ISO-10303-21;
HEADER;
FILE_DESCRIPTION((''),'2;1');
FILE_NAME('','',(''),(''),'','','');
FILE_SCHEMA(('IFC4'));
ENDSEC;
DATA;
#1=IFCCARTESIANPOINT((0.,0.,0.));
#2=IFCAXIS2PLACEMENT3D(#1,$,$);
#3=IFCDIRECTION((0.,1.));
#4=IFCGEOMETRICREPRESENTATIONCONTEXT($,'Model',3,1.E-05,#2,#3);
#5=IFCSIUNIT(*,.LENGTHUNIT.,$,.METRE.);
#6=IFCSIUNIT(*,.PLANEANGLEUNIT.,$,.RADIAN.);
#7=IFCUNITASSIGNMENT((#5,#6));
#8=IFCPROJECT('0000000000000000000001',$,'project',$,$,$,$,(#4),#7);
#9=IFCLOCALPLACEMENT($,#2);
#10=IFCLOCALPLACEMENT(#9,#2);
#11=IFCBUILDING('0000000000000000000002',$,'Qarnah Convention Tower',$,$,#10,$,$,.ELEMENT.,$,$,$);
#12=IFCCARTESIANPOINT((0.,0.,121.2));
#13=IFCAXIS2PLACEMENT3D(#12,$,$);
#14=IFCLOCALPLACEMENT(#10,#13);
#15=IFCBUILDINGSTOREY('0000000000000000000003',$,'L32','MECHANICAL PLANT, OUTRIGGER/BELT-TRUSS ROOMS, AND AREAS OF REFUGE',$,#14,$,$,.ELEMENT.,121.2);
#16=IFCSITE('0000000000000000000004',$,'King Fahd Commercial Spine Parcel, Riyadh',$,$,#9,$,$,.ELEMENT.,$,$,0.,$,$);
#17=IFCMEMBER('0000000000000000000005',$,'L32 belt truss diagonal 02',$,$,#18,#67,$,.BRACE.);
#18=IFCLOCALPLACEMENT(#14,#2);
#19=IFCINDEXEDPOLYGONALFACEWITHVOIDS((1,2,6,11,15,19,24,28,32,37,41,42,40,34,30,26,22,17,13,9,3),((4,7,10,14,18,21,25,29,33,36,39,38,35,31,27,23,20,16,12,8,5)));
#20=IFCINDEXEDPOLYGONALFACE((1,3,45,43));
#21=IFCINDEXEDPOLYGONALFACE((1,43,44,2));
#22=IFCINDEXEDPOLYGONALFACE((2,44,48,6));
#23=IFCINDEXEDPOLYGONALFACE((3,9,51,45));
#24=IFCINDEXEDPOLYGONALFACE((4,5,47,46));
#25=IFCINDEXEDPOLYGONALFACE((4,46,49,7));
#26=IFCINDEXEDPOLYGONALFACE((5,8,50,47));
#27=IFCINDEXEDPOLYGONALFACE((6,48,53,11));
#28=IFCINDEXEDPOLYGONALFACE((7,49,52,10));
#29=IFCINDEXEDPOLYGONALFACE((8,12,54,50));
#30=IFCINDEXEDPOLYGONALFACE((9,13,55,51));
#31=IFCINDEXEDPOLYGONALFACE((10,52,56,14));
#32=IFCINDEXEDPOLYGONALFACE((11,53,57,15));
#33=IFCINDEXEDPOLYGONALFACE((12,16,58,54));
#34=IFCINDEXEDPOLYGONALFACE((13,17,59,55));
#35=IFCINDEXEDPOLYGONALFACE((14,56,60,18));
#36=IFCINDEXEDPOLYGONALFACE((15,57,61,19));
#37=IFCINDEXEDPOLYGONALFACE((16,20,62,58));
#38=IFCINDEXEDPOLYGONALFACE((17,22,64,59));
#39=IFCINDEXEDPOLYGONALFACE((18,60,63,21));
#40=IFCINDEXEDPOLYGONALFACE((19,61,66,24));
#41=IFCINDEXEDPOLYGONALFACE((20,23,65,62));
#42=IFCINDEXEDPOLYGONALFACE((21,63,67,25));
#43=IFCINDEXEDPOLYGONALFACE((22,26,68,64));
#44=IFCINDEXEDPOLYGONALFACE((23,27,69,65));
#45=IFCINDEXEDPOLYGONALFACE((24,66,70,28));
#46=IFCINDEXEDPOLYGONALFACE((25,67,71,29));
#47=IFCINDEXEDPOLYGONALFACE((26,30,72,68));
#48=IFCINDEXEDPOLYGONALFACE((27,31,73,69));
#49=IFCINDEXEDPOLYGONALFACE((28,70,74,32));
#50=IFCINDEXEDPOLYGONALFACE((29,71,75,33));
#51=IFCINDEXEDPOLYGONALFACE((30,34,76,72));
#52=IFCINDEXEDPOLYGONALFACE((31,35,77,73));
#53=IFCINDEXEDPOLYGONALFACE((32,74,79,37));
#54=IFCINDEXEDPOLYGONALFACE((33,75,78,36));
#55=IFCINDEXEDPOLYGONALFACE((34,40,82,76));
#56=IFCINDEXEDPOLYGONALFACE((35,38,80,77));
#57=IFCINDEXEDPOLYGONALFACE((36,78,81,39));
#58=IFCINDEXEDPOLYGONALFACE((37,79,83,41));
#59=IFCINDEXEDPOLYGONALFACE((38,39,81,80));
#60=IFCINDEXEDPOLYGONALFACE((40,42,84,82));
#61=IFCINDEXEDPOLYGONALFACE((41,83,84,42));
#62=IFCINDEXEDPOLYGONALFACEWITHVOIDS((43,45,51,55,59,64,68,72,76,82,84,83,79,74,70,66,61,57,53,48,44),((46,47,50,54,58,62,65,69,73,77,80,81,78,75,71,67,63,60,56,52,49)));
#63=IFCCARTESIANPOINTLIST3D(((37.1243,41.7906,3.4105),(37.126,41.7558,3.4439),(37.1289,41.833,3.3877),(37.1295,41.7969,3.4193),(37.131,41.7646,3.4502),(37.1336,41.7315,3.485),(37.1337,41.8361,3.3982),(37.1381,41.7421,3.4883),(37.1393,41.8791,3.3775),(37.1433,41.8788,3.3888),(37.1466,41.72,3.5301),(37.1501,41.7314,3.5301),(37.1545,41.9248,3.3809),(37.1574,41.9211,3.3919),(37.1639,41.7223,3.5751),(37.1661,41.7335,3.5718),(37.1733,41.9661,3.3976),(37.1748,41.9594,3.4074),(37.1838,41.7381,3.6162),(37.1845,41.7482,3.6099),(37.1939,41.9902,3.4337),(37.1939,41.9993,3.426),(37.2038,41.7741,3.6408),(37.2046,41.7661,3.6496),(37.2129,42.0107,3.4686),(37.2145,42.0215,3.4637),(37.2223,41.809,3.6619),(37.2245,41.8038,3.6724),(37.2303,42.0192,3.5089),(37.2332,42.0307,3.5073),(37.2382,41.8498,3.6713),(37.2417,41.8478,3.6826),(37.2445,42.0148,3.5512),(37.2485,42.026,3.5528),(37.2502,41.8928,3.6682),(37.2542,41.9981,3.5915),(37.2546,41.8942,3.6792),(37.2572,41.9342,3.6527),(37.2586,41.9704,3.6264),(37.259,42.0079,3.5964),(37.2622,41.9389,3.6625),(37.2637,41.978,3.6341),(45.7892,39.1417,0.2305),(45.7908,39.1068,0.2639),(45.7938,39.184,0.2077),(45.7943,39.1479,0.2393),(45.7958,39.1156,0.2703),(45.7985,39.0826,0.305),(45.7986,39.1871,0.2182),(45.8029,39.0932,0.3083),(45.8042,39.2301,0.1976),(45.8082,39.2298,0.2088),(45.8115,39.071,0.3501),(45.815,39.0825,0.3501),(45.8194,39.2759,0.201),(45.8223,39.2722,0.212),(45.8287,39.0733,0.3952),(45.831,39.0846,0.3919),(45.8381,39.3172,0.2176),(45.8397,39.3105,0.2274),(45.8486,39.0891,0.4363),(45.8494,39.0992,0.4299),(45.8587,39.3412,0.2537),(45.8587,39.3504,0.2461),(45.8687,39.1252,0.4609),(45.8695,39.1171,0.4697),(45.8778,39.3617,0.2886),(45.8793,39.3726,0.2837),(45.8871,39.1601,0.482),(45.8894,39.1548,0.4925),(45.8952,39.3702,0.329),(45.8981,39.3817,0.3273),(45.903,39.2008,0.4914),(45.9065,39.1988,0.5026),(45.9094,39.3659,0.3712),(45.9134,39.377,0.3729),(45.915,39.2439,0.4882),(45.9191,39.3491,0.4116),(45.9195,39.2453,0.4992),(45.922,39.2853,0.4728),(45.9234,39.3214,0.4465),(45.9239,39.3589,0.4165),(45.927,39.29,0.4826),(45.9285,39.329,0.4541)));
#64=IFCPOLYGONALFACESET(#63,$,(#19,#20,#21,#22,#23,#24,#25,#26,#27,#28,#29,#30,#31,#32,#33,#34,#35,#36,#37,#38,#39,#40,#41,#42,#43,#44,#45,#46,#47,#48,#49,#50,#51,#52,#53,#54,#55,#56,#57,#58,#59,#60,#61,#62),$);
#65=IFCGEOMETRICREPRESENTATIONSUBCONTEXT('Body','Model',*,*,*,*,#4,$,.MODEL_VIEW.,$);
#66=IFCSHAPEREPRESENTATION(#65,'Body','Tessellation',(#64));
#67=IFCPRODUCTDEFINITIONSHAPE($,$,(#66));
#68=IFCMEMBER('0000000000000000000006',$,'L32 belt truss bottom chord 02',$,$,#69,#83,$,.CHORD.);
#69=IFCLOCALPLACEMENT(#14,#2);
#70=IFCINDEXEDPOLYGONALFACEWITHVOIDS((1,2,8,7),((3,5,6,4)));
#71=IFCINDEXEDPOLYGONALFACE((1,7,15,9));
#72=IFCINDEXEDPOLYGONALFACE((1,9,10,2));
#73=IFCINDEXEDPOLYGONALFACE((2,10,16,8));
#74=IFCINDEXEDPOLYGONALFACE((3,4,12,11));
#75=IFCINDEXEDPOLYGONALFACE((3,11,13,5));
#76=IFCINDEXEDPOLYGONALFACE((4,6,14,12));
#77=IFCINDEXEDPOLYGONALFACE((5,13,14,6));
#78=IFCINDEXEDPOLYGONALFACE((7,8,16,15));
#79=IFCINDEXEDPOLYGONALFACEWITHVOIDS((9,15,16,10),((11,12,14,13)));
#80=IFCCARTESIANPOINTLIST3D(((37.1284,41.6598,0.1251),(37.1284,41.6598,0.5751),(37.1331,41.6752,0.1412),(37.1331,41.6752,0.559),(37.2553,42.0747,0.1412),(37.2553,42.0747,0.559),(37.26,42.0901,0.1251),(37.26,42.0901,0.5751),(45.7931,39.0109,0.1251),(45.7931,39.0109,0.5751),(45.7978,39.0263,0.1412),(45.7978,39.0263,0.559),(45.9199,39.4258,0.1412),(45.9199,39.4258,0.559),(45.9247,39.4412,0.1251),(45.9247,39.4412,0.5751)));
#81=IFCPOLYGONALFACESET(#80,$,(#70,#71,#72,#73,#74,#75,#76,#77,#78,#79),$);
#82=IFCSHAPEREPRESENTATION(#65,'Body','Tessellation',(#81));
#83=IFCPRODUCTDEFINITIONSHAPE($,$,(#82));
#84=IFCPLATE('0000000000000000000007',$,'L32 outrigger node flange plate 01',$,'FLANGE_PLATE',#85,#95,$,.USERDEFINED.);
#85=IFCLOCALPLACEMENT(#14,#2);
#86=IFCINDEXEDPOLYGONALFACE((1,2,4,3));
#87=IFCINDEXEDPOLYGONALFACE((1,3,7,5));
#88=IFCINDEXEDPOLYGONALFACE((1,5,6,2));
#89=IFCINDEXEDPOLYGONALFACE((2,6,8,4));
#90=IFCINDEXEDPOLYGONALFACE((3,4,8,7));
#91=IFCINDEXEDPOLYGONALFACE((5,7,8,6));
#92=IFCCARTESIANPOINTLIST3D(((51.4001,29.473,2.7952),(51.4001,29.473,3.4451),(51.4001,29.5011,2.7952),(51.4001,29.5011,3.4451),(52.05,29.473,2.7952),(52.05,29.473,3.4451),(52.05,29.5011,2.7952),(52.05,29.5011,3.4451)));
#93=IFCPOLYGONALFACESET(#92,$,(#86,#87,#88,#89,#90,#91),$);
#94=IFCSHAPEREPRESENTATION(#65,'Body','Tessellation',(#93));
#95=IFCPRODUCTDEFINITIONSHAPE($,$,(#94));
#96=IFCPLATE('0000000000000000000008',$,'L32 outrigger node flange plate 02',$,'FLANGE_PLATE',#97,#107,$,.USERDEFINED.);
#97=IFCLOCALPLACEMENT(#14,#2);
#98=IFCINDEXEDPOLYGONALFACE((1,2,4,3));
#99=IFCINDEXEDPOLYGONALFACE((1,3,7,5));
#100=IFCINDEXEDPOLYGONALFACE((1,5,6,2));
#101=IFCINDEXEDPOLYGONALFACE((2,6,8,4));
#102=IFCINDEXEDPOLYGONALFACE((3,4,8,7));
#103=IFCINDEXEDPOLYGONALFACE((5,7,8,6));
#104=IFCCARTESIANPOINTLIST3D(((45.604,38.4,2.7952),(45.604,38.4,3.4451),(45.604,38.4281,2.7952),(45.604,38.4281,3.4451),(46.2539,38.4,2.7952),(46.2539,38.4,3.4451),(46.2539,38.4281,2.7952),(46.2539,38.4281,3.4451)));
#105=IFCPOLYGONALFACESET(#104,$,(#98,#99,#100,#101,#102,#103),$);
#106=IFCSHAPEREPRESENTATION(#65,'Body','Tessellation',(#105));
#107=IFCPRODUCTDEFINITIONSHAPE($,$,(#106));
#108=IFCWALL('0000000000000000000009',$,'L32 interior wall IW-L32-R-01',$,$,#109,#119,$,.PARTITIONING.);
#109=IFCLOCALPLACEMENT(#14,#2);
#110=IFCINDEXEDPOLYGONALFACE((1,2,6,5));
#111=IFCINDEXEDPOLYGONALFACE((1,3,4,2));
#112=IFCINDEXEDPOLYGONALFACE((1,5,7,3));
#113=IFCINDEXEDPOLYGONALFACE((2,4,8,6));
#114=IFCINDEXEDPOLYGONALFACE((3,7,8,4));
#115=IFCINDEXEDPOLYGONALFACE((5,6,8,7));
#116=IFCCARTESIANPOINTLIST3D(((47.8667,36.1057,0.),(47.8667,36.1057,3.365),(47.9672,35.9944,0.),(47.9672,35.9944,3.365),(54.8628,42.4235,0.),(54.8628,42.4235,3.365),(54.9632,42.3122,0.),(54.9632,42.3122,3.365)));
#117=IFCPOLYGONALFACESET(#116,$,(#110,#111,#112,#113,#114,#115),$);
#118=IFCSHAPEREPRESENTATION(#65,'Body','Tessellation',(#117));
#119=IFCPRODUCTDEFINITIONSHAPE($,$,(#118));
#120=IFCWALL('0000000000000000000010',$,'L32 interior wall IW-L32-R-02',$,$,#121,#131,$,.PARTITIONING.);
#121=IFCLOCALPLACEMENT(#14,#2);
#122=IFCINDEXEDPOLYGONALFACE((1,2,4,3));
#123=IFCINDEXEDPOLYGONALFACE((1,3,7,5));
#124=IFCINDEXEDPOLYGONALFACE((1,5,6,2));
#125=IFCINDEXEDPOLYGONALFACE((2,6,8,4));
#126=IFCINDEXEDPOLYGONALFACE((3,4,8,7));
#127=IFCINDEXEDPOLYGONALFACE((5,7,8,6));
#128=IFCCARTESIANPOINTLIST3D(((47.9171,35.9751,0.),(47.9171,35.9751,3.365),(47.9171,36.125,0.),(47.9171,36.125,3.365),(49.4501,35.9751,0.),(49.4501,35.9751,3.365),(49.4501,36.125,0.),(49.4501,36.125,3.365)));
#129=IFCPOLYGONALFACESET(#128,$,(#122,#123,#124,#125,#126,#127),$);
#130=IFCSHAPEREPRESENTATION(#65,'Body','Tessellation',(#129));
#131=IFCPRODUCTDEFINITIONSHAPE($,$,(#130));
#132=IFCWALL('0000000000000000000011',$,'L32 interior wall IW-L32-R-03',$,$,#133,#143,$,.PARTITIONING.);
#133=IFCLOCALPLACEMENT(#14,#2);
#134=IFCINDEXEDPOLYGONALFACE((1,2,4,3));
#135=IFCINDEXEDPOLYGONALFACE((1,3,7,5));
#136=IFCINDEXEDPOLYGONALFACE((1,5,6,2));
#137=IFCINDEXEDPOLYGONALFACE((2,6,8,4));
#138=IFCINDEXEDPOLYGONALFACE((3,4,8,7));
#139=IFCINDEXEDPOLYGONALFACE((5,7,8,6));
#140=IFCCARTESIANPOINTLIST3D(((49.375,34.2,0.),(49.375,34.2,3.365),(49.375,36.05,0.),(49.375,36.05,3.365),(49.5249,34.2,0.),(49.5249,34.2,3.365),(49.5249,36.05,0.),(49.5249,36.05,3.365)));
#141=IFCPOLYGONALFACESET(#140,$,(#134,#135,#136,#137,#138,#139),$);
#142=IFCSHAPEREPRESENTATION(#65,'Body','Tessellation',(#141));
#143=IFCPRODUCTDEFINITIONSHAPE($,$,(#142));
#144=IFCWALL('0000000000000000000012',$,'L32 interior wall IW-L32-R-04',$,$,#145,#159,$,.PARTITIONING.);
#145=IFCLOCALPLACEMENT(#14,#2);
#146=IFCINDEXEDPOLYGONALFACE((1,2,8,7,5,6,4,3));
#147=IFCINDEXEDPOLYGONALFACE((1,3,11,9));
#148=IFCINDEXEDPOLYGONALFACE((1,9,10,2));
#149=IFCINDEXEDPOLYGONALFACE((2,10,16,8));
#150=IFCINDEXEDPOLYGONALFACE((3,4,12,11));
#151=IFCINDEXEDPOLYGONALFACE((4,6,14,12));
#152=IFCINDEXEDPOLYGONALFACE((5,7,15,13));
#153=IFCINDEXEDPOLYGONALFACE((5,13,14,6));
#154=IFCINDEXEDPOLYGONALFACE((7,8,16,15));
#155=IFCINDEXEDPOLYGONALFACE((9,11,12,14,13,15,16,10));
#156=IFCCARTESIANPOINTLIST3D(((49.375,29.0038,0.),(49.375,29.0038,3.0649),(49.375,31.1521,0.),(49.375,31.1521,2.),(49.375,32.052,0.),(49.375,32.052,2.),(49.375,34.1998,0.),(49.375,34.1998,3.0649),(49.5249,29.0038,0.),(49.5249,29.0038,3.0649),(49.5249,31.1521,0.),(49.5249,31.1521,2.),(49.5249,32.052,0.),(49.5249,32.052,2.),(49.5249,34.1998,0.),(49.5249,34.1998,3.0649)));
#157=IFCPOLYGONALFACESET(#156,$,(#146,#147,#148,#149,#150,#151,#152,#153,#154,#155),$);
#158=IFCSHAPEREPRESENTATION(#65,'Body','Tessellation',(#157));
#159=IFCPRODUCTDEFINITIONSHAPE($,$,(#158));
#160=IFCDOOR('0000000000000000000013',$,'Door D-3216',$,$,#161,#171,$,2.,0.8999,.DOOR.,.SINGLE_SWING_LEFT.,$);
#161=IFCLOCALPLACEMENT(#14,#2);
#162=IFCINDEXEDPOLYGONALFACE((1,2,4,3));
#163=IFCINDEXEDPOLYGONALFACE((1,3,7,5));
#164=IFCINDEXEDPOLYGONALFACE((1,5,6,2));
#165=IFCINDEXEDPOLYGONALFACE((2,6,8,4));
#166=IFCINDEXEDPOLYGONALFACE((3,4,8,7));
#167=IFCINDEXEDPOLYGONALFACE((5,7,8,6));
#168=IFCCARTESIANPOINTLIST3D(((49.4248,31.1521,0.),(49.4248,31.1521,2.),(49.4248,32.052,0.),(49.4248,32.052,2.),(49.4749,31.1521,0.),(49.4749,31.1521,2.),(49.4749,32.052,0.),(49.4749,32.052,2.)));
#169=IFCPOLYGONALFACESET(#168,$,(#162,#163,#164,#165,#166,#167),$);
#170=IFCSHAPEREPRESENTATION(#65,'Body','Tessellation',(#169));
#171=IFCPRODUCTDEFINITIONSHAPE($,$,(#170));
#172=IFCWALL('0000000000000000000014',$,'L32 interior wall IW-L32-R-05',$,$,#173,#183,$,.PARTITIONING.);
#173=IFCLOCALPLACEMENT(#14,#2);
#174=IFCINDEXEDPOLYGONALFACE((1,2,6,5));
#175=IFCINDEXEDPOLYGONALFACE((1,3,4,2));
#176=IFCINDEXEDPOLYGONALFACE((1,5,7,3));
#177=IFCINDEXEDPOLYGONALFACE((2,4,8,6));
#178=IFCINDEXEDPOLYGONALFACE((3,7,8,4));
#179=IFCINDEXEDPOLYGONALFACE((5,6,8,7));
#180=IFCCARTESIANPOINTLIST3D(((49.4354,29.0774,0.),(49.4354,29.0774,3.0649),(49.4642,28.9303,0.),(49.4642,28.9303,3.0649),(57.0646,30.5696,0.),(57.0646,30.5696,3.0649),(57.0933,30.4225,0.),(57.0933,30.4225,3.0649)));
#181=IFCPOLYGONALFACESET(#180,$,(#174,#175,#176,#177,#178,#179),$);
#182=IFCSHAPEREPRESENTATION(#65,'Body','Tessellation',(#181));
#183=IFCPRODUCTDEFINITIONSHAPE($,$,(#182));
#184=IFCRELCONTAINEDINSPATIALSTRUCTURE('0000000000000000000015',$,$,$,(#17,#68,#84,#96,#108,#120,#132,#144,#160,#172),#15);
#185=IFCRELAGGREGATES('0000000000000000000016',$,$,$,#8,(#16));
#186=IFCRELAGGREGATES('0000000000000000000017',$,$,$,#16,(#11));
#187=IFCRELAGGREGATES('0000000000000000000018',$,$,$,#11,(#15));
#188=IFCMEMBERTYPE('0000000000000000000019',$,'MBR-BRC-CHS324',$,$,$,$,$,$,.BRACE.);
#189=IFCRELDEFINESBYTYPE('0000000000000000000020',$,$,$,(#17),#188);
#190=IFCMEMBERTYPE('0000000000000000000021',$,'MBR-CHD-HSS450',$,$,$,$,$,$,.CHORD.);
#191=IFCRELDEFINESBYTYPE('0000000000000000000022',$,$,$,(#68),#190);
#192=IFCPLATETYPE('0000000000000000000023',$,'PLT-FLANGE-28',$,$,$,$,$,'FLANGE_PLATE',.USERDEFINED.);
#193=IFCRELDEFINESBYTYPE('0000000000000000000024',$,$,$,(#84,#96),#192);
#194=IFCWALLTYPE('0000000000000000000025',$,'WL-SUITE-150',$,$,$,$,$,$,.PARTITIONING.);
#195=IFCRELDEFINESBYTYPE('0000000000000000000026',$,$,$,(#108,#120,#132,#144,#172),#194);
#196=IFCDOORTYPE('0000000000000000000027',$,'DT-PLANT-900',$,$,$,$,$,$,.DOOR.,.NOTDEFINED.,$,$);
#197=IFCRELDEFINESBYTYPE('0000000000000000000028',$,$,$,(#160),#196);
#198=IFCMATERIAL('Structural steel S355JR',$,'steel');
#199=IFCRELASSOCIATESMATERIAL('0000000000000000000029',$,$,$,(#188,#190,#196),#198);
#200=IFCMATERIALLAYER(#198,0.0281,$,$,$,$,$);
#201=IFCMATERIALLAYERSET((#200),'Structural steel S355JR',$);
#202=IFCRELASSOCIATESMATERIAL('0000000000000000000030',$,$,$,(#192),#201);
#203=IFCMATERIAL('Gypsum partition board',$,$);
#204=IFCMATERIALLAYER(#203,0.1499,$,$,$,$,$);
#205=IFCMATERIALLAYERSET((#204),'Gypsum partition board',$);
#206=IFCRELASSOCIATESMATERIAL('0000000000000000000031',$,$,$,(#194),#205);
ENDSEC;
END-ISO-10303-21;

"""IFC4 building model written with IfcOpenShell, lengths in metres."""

from ifc_helpers import new_model, si_unit, direction, frame, frame_2d, origin, origin_2d, place, context, subcontext, project, spatial, rectangle, hollow_rectangle, hollow_circle, extrude, material, layer, layer_set, material_profile, profile_set, type_object, element, fill, save


model = new_model("IFC4")

# Units and contexts
model_context = context("Model", 3, precision=1e-05, world=origin(), true_north=direction((0.0, 1.0)))
body_context = subcontext(model_context, "Body", "Model", "MODEL_VIEW")
ifc_project = project(units=[si_unit("LENGTHUNIT", "METRE"), si_unit("PLANEANGLEUNIT", "RADIAN")], contexts=[model_context])

# Site, building, storey
site_placement = place(None, origin())
site = spatial("IfcSite", under=ifc_project, at=site_placement, Name="King Fahd Commercial Spine Parcel, Riyadh", CompositionType="ELEMENT", RefElevation=0.0)
building_placement = place(site_placement, origin())
building = spatial("IfcBuilding", under=site, at=building_placement, Name="Qarnah Convention Tower", CompositionType="ELEMENT")
storey_placement = place(building_placement, frame((0.0, 0.0, 121.2)))
storey = spatial("IfcBuildingStorey", under=building, at=storey_placement, Name="L32", Description="MECHANICAL PLANT, OUTRIGGER/BELT-TRUSS ROOMS, AND AREAS OF REFUGE", CompositionType="ELEMENT", Elevation=121.2)

# Shared definitions
ifc_material_1 = material(Name="Structural steel S355JR", Category="steel")

# Members
ifc_material_profile_1 = material_profile(ifc_material_1, hollow_circle(Radius=0.1621, WallThickness=0.012, at=origin_2d()), Name="CHS324X12")
ifc_profile_set_1 = profile_set([ifc_material_profile_1], Name="Structural steel S355JR")
member_type_1 = type_object("IfcMemberType", Name="MBR-BRC-CHS324", PredefinedType="BRACE", material=ifc_profile_set_1)
member_1_placement = place(storey_placement, frame((45.8589, 39.2261, 0.3501), z_axis=(-0.902351, 0.275859, 0.331158), x_axis=(-0.292355, -0.95631, 0.0)))
element("IfcMember", 1, at=member_1_placement, inside=storey, type_object=member_type_1, Name="L32 belt truss diagonal 02", PredefinedType="BRACE", context=body_context, shape_type="SweptSolid", body=[
    extrude(hollow_circle(Radius=0.1621, WallThickness=0.012, at=origin_2d()), origin(), (0.0, 0.0, 1.0), 9.6025),
])
ifc_material_profile_2 = material_profile(ifc_material_1, hollow_rectangle(XDim=0.45, YDim=0.45, WallThickness=0.0161, at=origin_2d()), Name="HSS450X450X16")
ifc_profile_set_2 = profile_set([ifc_material_profile_2], Name="Structural steel S355JR")
member_type_2 = type_object("IfcMemberType", Name="MBR-CHD-HSS450", PredefinedType="CHORD", material=ifc_profile_set_2)
member_2_placement = place(storey_placement, frame((45.8589, 39.2261, 0.3501), z_axis=(-0.95631, 0.292355, 0.0), x_axis=(-0.292355, -0.95631, 0.0)))
element("IfcMember", 2, at=member_2_placement, inside=storey, type_object=member_type_2, Name="L32 belt truss bottom chord 02", PredefinedType="CHORD", context=body_context, shape_type="SweptSolid", body=[
    extrude(hollow_rectangle(XDim=0.45, YDim=0.45, WallThickness=0.0161, at=origin_2d()), origin(), (0.0, 0.0, 1.0), 9.0605),
])

# Plates
ifc_layer_1 = layer(ifc_material_1, 0.0281)
ifc_layer_set_1 = layer_set([ifc_layer_1], Name="Structural steel S355JR")
plate_type = type_object("IfcPlateType", Name="PLT-FLANGE-28", ElementType="FLANGE_PLATE", PredefinedType="USERDEFINED", material=ifc_layer_set_1)
for number, where, z_axis, x_axis, name in (
    (3, (51.7251, 29.4871, 2.7952), (0.0, 0.0, 1.0), (1.0, 0.0, 0.0), "L32 outrigger node flange plate 01"),
    (4, (45.929, 38.4141, 2.7952), (0.0, 0.0, 1.0), (1.0, 0.0, 0.0), "L32 outrigger node flange plate 02"),
):
    element("IfcPlate", number, at=place(storey_placement, frame(where, z_axis=z_axis, x_axis=x_axis)), inside=storey, type_object=plate_type, Name=name, ObjectType="FLANGE_PLATE", PredefinedType="USERDEFINED", context=body_context, shape_type="SweptSolid", body=[
        extrude(rectangle(XDim=0.6499, YDim=0.0281, at=origin_2d()), origin(), (0.0, 0.0, 1.0), 0.6499),
    ])

# Walls
ifc_material_2 = material(Name="Gypsum partition board")
ifc_layer_2 = layer(ifc_material_2, 0.1499)
ifc_layer_set_2 = layer_set([ifc_layer_2], Name="Gypsum partition board")
wall_type = type_object("IfcWallType", Name="WL-SUITE-150", PredefinedType="PARTITIONING", material=ifc_layer_set_2)
wall_1_placement = place(storey_placement, frame((54.9131, 42.3679, 0.0), z_axis=(0.0, 0.0, 1.0), x_axis=(-0.742165, -0.670217, 0.0)))
element("IfcWall", 5, at=wall_1_placement, inside=storey, type_object=wall_type, Name="L32 interior wall IW-L32-R-01", PredefinedType="PARTITIONING", context=body_context, shape_type="SweptSolid", body=[
    extrude(rectangle(XDim=9.4265, YDim=0.1499, at=frame_2d((4.7134, 0.0))), origin(), (0.0, 0.0, 1.0), 3.365),
])
wall_2_placement = place(storey_placement, frame((47.917, 36.05, 0.0), z_axis=(0.0, 0.0, 1.0), x_axis=(1.0, 0.0, 0.0)))
element("IfcWall", 6, at=wall_2_placement, inside=storey, type_object=wall_type, Name="L32 interior wall IW-L32-R-02", PredefinedType="PARTITIONING", context=body_context, shape_type="SweptSolid", body=[
    extrude(rectangle(XDim=1.533, YDim=0.1499, at=frame_2d((0.7666, 0.0))), origin(), (0.0, 0.0, 1.0), 3.365),
])
wall_3_placement = place(storey_placement, frame((49.45, 36.05, 0.0), z_axis=(0.0, 0.0, 1.0), x_axis=(0.0, -1.0, 0.0)))
element("IfcWall", 7, at=wall_3_placement, inside=storey, type_object=wall_type, Name="L32 interior wall IW-L32-R-03", PredefinedType="PARTITIONING", context=body_context, shape_type="SweptSolid", body=[
    extrude(rectangle(XDim=1.8501, YDim=0.1499, at=frame_2d((0.925, 0.0))), origin(), (0.0, 0.0, 1.0), 3.365),
])

# Wall, opening, door
wall_4_placement = place(storey_placement, frame((49.45, 34.2, 0.0), z_axis=(0.0, 0.0, 1.0), x_axis=(0.0, -1.0, 0.0)))
wall_4 = element("IfcWall", 8, at=wall_4_placement, inside=storey, type_object=wall_type, Name="L32 interior wall IW-L32-R-04", PredefinedType="PARTITIONING", context=body_context, shape_type="SweptSolid", body=[
    extrude(rectangle(XDim=5.196, YDim=0.1499, at=frame_2d((2.5981, 0.0))), origin(), (0.0, 0.0, 1.0), 3.0649),
])
opening_1_placement = place(wall_4_placement, frame((2.1479, 0.0, 0.0)))
opening_1 = element("IfcOpeningElement", 9, at=opening_1_placement, cuts=wall_4, PredefinedType="OPENING", context=body_context, shape_type="SweptSolid", body=[
    extrude(rectangle(XDim=0.8999, YDim=2.0, at=frame_2d((0.45, 1.0))), frame((0.0, 0.085, 0.0), z_axis=(0.0, -1.0, 0.0), x_axis=(1.0, 0.0, 0.0)), (0.0, 0.0, 1.0), 0.1699),
])
door_type = type_object("IfcDoorType", Name="DT-PLANT-900", OperationType="NOTDEFINED", PredefinedType="DOOR", material=ifc_material_1)
door_1_placement = place(opening_1_placement, origin())
door_1 = element("IfcDoor", 10, at=door_1_placement, inside=storey, type_object=door_type, Name="Door D-3216", OperationType="SINGLE_SWING_LEFT", OverallHeight=2.0, OverallWidth=0.8999, PredefinedType="DOOR", context=body_context, shape_type="SweptSolid", body=[
    extrude(rectangle(XDim=0.8999, YDim=2.0, at=frame_2d((0.45, 1.0))), frame((0.0, 0.0249, 0.0), z_axis=(0.0, -1.0, 0.0), x_axis=(1.0, 0.0, 0.0)), (0.0, 0.0, 1.0), 0.05),
])
fill(opening_1, door_1)

# Wall
wall_5_placement = place(storey_placement, frame((49.45, 29.0039, 0.0), z_axis=(0.0, 0.0, 1.0), x_axis=(0.981404, 0.191953, 0.0)))
element("IfcWall", 11, at=wall_5_placement, inside=storey, type_object=wall_type, Name="L32 interior wall IW-L32-R-05", PredefinedType="PARTITIONING", context=body_context, shape_type="SweptSolid", body=[
    extrude(rectangle(XDim=7.7737, YDim=0.1499, at=frame_2d((3.8867, 0.0))), origin(), (0.0, 0.0, 1.0), 3.0649),
])

save(model, "model.ifc")
